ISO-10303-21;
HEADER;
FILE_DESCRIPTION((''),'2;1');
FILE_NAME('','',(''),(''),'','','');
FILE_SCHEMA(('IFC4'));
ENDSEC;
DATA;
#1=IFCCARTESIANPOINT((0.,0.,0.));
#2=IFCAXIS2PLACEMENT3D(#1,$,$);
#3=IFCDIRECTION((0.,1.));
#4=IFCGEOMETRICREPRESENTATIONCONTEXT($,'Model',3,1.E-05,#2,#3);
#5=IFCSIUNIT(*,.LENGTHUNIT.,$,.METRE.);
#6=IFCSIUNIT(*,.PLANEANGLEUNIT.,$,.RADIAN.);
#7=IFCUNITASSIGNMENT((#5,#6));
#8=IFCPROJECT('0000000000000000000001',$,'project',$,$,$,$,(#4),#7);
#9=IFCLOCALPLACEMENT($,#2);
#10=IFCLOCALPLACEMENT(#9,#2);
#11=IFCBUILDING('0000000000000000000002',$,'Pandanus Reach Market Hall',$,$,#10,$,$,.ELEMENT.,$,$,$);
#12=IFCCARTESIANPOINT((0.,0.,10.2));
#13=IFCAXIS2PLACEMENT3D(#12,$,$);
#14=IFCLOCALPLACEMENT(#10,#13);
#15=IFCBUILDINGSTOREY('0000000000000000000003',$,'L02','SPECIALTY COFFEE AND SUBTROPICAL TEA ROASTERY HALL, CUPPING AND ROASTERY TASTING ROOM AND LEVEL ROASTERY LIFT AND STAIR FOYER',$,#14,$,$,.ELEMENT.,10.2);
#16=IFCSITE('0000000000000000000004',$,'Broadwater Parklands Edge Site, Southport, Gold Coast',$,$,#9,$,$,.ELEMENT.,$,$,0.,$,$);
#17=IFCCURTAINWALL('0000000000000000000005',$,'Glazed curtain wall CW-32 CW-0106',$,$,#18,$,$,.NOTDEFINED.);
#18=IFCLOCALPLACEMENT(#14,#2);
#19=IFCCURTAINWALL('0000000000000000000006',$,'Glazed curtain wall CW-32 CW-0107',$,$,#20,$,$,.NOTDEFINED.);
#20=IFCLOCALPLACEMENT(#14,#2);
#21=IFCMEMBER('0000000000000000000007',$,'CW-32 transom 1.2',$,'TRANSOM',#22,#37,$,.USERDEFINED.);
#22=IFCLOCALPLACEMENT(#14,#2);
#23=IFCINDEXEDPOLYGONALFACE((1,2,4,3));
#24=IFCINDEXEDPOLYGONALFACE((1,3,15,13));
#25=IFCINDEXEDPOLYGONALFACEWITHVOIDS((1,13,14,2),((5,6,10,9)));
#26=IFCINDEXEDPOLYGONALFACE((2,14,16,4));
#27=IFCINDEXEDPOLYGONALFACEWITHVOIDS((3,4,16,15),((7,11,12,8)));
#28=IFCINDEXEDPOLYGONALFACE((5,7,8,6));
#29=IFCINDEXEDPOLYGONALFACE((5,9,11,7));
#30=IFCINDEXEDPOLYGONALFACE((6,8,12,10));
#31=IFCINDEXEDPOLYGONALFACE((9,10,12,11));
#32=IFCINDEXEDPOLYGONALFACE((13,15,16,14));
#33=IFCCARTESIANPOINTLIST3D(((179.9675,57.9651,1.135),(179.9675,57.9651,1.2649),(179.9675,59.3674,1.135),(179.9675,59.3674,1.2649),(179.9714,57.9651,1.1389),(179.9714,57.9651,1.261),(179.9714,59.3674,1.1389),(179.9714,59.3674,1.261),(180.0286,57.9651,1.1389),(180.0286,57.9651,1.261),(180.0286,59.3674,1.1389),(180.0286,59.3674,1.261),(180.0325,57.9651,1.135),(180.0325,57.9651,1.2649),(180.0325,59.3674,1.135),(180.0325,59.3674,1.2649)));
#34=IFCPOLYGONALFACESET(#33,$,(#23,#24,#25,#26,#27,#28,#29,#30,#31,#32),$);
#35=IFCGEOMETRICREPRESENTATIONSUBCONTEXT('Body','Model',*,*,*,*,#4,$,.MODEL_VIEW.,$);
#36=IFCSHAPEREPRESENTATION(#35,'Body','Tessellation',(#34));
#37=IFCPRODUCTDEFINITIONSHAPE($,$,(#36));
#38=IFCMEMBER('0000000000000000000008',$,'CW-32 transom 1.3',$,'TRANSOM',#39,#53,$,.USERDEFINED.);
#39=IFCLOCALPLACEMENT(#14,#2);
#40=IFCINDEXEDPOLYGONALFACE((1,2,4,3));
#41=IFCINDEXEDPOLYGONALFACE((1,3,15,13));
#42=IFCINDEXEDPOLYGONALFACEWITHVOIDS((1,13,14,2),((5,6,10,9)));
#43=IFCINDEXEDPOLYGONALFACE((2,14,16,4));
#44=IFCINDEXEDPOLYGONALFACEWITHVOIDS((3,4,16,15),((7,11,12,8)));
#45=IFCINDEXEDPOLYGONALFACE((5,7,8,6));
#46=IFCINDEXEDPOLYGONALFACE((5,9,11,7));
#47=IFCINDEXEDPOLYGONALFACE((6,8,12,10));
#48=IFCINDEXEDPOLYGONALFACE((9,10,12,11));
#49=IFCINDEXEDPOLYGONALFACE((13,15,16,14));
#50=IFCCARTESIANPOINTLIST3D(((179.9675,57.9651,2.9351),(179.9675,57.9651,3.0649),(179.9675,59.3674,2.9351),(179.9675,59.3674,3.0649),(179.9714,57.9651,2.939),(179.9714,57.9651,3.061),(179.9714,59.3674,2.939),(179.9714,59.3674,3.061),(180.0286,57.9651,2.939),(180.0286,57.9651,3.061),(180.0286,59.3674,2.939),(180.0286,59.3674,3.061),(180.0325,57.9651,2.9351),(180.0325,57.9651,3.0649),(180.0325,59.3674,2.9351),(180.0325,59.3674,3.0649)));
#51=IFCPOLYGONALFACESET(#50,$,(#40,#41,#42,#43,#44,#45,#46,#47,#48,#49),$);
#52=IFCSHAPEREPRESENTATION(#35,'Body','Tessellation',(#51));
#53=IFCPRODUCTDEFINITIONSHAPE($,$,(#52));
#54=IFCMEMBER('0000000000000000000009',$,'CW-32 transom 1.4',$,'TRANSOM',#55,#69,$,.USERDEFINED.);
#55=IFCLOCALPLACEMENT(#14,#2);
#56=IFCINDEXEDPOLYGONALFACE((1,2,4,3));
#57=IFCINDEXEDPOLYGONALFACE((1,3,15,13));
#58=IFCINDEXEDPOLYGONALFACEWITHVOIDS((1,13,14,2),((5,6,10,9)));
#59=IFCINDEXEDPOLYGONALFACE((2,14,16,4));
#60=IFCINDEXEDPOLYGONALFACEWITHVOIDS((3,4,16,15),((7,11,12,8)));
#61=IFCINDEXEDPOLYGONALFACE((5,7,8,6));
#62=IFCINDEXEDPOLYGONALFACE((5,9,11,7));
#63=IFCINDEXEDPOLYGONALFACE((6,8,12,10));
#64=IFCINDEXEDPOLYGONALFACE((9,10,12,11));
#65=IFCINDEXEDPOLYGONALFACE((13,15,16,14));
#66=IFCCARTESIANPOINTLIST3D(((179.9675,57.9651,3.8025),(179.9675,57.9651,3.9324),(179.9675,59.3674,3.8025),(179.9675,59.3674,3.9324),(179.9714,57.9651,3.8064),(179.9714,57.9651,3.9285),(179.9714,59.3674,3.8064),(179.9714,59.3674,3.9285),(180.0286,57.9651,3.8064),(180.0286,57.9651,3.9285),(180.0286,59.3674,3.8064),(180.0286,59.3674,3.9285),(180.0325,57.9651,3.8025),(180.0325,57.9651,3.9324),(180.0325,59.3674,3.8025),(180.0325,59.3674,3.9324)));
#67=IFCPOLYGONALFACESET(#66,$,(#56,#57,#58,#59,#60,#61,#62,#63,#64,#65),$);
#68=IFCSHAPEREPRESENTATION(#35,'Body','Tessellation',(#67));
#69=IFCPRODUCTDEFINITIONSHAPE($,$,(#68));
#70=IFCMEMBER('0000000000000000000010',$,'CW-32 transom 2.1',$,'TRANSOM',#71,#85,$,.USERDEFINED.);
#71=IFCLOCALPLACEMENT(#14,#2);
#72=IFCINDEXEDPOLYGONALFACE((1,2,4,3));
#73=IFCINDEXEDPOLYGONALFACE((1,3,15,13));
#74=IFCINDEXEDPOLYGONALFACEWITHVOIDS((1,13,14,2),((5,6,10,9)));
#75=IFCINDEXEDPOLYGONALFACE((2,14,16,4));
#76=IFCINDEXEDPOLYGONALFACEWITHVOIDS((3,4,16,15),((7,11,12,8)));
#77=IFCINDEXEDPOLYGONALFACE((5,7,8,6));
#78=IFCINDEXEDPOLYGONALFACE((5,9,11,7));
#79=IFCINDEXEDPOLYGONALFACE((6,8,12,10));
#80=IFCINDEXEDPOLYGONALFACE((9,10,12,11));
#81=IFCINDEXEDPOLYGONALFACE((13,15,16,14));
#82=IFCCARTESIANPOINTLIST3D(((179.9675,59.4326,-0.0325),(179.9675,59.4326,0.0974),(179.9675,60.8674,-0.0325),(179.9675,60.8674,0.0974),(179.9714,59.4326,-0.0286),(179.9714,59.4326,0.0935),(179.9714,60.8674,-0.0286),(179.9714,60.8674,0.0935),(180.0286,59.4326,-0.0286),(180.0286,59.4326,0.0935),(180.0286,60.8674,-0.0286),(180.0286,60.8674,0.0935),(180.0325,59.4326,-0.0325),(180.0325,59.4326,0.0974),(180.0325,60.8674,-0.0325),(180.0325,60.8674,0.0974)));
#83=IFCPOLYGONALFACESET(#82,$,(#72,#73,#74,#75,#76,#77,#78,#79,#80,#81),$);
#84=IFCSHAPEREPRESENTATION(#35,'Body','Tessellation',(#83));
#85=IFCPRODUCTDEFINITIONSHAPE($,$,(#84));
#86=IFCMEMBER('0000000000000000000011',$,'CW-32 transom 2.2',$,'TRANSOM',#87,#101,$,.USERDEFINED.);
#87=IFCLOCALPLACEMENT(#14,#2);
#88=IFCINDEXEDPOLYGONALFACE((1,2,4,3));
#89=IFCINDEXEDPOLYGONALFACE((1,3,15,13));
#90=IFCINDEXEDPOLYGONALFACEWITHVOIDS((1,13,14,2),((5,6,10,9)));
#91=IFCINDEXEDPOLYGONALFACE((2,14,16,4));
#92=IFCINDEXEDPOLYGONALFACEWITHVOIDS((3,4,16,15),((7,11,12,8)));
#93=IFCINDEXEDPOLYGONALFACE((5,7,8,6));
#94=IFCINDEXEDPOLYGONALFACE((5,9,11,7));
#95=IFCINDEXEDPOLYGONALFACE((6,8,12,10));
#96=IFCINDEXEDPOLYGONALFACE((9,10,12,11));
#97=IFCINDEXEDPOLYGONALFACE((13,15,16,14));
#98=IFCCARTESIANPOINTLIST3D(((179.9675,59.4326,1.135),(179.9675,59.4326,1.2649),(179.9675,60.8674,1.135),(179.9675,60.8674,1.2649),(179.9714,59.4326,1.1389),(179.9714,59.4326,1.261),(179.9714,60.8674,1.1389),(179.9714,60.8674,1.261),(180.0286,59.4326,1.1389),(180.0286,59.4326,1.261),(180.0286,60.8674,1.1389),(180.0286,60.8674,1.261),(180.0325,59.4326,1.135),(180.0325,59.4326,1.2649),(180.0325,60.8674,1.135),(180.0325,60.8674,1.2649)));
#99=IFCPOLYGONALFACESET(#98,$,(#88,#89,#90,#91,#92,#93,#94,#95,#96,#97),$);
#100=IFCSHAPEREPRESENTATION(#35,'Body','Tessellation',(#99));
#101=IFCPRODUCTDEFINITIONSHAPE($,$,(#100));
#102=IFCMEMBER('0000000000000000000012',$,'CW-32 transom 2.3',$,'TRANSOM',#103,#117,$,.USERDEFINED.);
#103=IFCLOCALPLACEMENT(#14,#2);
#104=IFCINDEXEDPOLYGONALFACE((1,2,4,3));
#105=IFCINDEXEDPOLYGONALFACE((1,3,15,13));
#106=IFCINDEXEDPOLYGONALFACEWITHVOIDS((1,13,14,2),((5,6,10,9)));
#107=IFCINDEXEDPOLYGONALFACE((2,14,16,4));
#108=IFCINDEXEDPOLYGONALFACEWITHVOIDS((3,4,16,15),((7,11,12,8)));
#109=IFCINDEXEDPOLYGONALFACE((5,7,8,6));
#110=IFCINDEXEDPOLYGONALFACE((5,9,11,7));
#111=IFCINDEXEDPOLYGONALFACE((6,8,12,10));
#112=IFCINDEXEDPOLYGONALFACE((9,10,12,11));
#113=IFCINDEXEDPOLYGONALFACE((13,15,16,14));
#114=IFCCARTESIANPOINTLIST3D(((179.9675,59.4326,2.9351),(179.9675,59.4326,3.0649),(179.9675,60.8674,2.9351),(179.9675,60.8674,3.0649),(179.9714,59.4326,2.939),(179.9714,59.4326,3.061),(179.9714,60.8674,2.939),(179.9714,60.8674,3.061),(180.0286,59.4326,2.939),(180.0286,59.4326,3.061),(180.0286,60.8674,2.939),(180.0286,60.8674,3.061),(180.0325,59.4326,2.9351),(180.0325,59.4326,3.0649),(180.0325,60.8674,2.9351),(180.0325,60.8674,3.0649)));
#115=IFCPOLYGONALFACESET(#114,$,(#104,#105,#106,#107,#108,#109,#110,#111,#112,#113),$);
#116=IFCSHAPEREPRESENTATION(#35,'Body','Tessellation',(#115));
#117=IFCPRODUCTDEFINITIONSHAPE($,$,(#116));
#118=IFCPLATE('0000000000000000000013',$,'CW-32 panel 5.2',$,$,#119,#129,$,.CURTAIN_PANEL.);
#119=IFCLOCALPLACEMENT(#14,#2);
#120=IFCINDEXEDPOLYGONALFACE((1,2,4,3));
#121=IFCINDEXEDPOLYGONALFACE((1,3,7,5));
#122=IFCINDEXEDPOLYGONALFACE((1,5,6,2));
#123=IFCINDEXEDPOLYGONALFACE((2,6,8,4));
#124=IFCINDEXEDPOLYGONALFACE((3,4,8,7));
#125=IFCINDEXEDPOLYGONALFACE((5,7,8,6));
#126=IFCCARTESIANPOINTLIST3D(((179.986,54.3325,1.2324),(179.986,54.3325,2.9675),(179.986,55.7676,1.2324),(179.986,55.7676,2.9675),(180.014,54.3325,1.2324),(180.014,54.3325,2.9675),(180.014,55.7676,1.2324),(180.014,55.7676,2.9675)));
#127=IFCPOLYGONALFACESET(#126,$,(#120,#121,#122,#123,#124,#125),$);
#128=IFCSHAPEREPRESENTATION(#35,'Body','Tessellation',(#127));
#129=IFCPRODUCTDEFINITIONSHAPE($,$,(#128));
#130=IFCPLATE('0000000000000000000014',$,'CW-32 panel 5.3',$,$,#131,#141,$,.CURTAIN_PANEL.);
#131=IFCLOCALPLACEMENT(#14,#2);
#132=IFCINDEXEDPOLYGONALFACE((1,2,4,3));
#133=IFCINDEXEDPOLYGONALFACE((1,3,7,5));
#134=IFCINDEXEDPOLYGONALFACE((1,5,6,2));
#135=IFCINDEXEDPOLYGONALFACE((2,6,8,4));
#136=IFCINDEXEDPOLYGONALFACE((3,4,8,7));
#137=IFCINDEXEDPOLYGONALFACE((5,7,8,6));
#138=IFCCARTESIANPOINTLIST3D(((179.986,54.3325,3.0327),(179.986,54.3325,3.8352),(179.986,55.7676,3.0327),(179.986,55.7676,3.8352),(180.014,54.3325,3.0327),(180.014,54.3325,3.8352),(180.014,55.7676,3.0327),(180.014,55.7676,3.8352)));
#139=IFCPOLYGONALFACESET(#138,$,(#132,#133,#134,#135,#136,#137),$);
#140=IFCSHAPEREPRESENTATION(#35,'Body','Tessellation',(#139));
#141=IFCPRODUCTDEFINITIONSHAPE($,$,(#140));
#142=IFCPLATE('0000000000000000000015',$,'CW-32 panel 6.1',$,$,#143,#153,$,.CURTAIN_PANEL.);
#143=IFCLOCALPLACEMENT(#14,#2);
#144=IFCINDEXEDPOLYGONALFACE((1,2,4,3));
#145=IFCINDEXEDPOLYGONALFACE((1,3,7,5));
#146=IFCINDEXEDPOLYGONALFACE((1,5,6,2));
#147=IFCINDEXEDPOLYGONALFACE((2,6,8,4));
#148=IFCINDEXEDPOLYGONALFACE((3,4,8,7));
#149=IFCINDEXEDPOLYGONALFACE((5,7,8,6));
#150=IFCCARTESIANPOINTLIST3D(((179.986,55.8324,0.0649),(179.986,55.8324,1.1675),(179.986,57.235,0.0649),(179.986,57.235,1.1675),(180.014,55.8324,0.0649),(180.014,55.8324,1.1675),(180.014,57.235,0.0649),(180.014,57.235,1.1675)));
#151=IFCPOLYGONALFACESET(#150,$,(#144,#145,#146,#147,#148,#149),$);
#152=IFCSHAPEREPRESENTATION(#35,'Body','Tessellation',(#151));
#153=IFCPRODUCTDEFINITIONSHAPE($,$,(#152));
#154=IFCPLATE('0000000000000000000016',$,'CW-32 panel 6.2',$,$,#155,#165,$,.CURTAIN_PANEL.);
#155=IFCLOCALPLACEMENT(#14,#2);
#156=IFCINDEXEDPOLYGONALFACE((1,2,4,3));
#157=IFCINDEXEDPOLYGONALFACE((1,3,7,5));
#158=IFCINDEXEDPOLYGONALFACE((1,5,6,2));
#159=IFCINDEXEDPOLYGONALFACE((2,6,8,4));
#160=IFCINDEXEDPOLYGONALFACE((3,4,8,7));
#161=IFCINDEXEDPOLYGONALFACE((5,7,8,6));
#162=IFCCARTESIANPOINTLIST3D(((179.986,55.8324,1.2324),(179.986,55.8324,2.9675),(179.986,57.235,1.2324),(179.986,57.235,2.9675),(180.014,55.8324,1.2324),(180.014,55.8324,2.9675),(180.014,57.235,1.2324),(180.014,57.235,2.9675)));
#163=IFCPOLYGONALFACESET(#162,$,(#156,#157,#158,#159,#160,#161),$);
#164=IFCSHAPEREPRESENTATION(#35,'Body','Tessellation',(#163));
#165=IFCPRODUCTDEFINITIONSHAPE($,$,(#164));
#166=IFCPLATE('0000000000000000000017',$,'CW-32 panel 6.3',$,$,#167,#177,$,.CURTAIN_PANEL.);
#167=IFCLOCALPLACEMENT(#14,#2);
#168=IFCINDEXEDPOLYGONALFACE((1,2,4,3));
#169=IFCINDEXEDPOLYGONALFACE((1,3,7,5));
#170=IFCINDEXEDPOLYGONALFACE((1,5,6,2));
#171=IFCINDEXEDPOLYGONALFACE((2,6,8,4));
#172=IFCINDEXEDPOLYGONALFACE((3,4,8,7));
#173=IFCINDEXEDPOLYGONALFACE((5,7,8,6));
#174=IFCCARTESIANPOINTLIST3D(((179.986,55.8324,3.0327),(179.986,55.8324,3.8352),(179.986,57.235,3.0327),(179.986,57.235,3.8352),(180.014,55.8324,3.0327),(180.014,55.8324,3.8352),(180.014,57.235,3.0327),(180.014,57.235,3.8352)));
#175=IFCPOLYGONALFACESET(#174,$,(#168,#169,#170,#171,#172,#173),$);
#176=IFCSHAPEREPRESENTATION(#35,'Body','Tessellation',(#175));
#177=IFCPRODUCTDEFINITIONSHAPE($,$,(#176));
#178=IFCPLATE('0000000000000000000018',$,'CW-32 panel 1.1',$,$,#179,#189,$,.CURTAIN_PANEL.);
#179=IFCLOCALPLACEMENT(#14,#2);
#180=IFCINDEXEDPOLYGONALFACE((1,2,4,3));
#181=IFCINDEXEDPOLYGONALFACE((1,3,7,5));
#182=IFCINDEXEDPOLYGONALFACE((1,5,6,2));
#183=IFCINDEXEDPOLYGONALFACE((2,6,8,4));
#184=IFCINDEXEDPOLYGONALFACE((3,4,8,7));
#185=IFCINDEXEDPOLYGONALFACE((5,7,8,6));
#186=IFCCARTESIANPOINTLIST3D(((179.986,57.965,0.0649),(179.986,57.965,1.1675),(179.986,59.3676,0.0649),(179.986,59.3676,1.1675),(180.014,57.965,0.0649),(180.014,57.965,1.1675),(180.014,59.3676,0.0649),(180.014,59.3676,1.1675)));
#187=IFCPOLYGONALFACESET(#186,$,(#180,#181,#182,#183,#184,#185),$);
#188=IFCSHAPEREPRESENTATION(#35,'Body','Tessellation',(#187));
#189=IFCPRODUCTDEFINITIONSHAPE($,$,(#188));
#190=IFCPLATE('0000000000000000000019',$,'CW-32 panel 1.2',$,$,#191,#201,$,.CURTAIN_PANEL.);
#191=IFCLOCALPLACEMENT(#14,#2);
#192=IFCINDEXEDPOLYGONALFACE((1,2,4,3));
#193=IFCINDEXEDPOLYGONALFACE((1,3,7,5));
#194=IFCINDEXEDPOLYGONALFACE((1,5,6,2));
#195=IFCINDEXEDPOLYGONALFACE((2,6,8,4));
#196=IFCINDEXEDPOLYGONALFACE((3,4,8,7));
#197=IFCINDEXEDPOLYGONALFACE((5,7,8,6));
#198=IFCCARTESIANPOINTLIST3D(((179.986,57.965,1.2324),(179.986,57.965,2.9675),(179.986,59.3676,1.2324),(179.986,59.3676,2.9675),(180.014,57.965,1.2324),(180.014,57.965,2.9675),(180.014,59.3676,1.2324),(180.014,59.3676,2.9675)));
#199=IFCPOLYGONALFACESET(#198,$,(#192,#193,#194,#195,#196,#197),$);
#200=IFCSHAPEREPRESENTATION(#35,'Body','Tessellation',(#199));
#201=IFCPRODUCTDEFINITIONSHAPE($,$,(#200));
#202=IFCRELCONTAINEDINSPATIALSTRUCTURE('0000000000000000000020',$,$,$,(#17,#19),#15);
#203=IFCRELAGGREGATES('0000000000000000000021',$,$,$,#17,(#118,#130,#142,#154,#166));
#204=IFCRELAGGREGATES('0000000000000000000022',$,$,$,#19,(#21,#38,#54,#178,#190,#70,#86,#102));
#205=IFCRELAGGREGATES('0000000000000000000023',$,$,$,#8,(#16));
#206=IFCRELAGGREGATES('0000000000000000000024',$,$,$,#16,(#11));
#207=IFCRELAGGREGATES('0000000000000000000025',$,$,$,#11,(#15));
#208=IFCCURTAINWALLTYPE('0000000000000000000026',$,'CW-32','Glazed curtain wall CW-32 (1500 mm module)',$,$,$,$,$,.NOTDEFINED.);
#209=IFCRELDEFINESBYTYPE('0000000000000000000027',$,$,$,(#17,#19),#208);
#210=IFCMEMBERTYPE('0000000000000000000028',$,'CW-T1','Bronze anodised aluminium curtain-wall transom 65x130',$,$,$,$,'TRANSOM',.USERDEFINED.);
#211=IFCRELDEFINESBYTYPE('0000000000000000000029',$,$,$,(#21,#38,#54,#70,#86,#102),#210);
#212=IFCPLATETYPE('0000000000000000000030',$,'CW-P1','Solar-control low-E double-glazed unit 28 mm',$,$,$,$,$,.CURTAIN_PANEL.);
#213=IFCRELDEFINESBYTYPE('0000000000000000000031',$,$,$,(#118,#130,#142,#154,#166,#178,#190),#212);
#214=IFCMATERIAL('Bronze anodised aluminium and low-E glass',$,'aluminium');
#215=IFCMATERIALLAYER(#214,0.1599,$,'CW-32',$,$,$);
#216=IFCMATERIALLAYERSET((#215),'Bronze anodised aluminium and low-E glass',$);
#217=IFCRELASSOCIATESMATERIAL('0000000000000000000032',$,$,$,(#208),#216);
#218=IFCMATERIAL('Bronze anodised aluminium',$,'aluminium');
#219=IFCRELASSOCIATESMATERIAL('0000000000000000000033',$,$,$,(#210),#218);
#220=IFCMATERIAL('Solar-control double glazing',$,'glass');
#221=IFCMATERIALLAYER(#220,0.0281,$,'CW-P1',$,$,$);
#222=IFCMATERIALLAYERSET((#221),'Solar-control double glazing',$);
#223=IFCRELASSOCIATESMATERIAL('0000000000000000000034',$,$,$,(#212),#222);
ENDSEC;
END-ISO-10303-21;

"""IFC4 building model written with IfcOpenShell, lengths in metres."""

from ifc_helpers import new_model, si_unit, direction, frame, origin, origin_2d, place, context, subcontext, project, spatial, rectangle, hollow_rectangle, extrude, material, layer, layer_set, material_profile, profile_set, type_object, element, aggregate, save


model = new_model("IFC4")

# Units and contexts
model_context = context("Model", 3, precision=1e-05, world=origin(), true_north=direction((0.0, 1.0)))
body_context = subcontext(model_context, "Body", "Model", "MODEL_VIEW")
ifc_project = project(units=[si_unit("LENGTHUNIT", "METRE"), si_unit("PLANEANGLEUNIT", "RADIAN")], contexts=[model_context])

# Site, building, storey
site_placement = place(None, origin())
site = spatial("IfcSite", under=ifc_project, at=site_placement, Name="Broadwater Parklands Edge Site, Southport, Gold Coast", CompositionType="ELEMENT", RefElevation=0.0)
building_placement = place(site_placement, origin())
building = spatial("IfcBuilding", under=site, at=building_placement, Name="Pandanus Reach Market Hall", CompositionType="ELEMENT")
storey_placement = place(building_placement, frame((0.0, 0.0, 10.2)))
storey = spatial("IfcBuildingStorey", under=building, at=storey_placement, Name="L02", Description="SPECIALTY COFFEE AND SUBTROPICAL TEA ROASTERY HALL, CUPPING AND ROASTERY TASTING ROOM AND LEVEL ROASTERY LIFT AND STAIR FOYER", CompositionType="ELEMENT", Elevation=10.2)

# Curtain walls
ifc_material_1 = material(Name="Bronze anodised aluminium and low-E glass", Category="aluminium")
ifc_layer_1 = layer(ifc_material_1, 0.1599, Name="CW-32")
ifc_layer_set_1 = layer_set([ifc_layer_1], Name="Bronze anodised aluminium and low-E glass")
curtain_wall_type = type_object("IfcCurtainWallType", Name="CW-32", Description="Glazed curtain wall CW-32 (1500 mm module)", PredefinedType="NOTDEFINED", material=ifc_layer_set_1)
curtain_wall_1_placement = place(storey_placement, origin())
curtain_wall_1 = element("IfcCurtainWall", 1, at=curtain_wall_1_placement, inside=storey, type_object=curtain_wall_type, Name="Glazed curtain wall CW-32 CW-0106", PredefinedType="NOTDEFINED")
ifc_material_2 = material(Name="Bronze anodised aluminium", Category="aluminium")
curtain_wall_2_placement = place(storey_placement, origin())
curtain_wall_2 = element("IfcCurtainWall", 2, at=curtain_wall_2_placement, inside=storey, type_object=curtain_wall_type, Name="Glazed curtain wall CW-32 CW-0107", PredefinedType="NOTDEFINED")

# Members
ifc_material_profile_1 = material_profile(ifc_material_2, hollow_rectangle(XDim=0.0649, YDim=0.1299, WallThickness=0.0039, at=origin_2d()), Name="ALU65x130", Category="LoadBearing")
ifc_profile_set_1 = profile_set([ifc_material_profile_1], Name="Bronze anodised aluminium")
member_type_1 = type_object("IfcMemberType", Name="CW-T1", Description="Bronze anodised aluminium curtain-wall transom 65x130", ElementType="TRANSOM", PredefinedType="USERDEFINED", material=ifc_profile_set_1)
member_1_placement = place(storey_placement, frame((180.0, 57.9651, 1.2), z_axis=(0.0, 1.0, 0.0), x_axis=(-1.0, 0.0, 0.0)))
member_1 = element("IfcMember", 3, at=member_1_placement, type_object=member_type_1, Name="CW-32 transom 1.2", ObjectType="TRANSOM", PredefinedType="USERDEFINED", context=body_context, shape_type="SweptSolid", body=[
    extrude(hollow_rectangle(XDim=0.0649, YDim=0.1299, WallThickness=0.0039, at=origin_2d()), origin(), (0.0, 0.0, 1.0), 1.4023),
])
member_2_placement = place(storey_placement, frame((180.0, 57.9651, 3.0), z_axis=(0.0, 1.0, 0.0), x_axis=(-1.0, 0.0, 0.0)))
member_2 = element("IfcMember", 4, at=member_2_placement, type_object=member_type_1, Name="CW-32 transom 1.3", ObjectType="TRANSOM", PredefinedType="USERDEFINED", context=body_context, shape_type="SweptSolid", body=[
    extrude(hollow_rectangle(XDim=0.0649, YDim=0.1299, WallThickness=0.0039, at=origin_2d()), origin(), (0.0, 0.0, 1.0), 1.4023),
])
member_3_placement = place(storey_placement, frame((180.0, 57.9651, 3.8674), z_axis=(0.0, 1.0, 0.0), x_axis=(-1.0, 0.0, 0.0)))
member_3 = element("IfcMember", 5, at=member_3_placement, type_object=member_type_1, Name="CW-32 transom 1.4", ObjectType="TRANSOM", PredefinedType="USERDEFINED", context=body_context, shape_type="SweptSolid", body=[
    extrude(hollow_rectangle(XDim=0.0649, YDim=0.1299, WallThickness=0.0039, at=origin_2d()), origin(), (0.0, 0.0, 1.0), 1.4023),
])
member_4_placement = place(storey_placement, frame((180.0, 59.4326, 0.0325), z_axis=(0.0, 1.0, 0.0), x_axis=(-1.0, 0.0, 0.0)))
member_4 = element("IfcMember", 6, at=member_4_placement, type_object=member_type_1, Name="CW-32 transom 2.1", ObjectType="TRANSOM", PredefinedType="USERDEFINED", context=body_context, shape_type="SweptSolid", body=[
    extrude(hollow_rectangle(XDim=0.0649, YDim=0.1299, WallThickness=0.0039, at=origin_2d()), origin(), (0.0, 0.0, 1.0), 1.4348),
])
member_5_placement = place(storey_placement, frame((180.0, 59.4326, 1.2), z_axis=(0.0, 1.0, 0.0), x_axis=(-1.0, 0.0, 0.0)))
member_5 = element("IfcMember", 7, at=member_5_placement, type_object=member_type_1, Name="CW-32 transom 2.2", ObjectType="TRANSOM", PredefinedType="USERDEFINED", context=body_context, shape_type="SweptSolid", body=[
    extrude(hollow_rectangle(XDim=0.0649, YDim=0.1299, WallThickness=0.0039, at=origin_2d()), origin(), (0.0, 0.0, 1.0), 1.4348),
])
member_6_placement = place(storey_placement, frame((180.0, 59.4326, 3.0), z_axis=(0.0, 1.0, 0.0), x_axis=(-1.0, 0.0, 0.0)))
member_6 = element("IfcMember", 8, at=member_6_placement, type_object=member_type_1, Name="CW-32 transom 2.3", ObjectType="TRANSOM", PredefinedType="USERDEFINED", context=body_context, shape_type="SweptSolid", body=[
    extrude(hollow_rectangle(XDim=0.0649, YDim=0.1299, WallThickness=0.0039, at=origin_2d()), origin(), (0.0, 0.0, 1.0), 1.4348),
])

# Plates
ifc_material_3 = material(Name="Solar-control double glazing", Category="glass")
ifc_layer_2 = layer(ifc_material_3, 0.0281, Name="CW-P1")
ifc_layer_set_2 = layer_set([ifc_layer_2], Name="Solar-control double glazing")
plate_type = type_object("IfcPlateType", Name="CW-P1", Description="Solar-control low-E double-glazed unit 28 mm", PredefinedType="CURTAIN_PANEL", material=ifc_layer_set_2)
plate_1_placement = place(storey_placement, frame((180.0, 55.05, 1.2324), z_axis=(0.0, 0.0, 1.0), x_axis=(0.0, 1.0, 0.0)))
plate_1 = element("IfcPlate", 9, at=plate_1_placement, type_object=plate_type, Name="CW-32 panel 5.2", PredefinedType="CURTAIN_PANEL", context=body_context, shape_type="SweptSolid", body=[
    extrude(rectangle(XDim=1.4351, YDim=0.0281, at=origin_2d()), origin(), (0.0, 0.0, 1.0), 1.7351),
])
plate_2_placement = place(storey_placement, frame((180.0, 55.05, 3.0327), z_axis=(0.0, 0.0, 1.0), x_axis=(0.0, 1.0, 0.0)))
plate_2 = element("IfcPlate", 10, at=plate_2_placement, type_object=plate_type, Name="CW-32 panel 5.3", PredefinedType="CURTAIN_PANEL", context=body_context, shape_type="SweptSolid", body=[
    extrude(rectangle(XDim=1.4351, YDim=0.0281, at=origin_2d()), origin(), (0.0, 0.0, 1.0), 0.8025),
])
plate_3_placement = place(storey_placement, frame((180.0, 56.5337, 0.0649), z_axis=(0.0, 0.0, 1.0), x_axis=(0.0, 1.0, 0.0)))
plate_3 = element("IfcPlate", 11, at=plate_3_placement, type_object=plate_type, Name="CW-32 panel 6.1", PredefinedType="CURTAIN_PANEL", context=body_context, shape_type="SweptSolid", body=[
    extrude(rectangle(XDim=1.4026, YDim=0.0281, at=origin_2d()), origin(), (0.0, 0.0, 1.0), 1.1025),
])
plate_4_placement = place(storey_placement, frame((180.0, 56.5337, 1.2324), z_axis=(0.0, 0.0, 1.0), x_axis=(0.0, 1.0, 0.0)))
plate_4 = element("IfcPlate", 12, at=plate_4_placement, type_object=plate_type, Name="CW-32 panel 6.2", PredefinedType="CURTAIN_PANEL", context=body_context, shape_type="SweptSolid", body=[
    extrude(rectangle(XDim=1.4026, YDim=0.0281, at=origin_2d()), origin(), (0.0, 0.0, 1.0), 1.7351),
])
plate_5_placement = place(storey_placement, frame((180.0, 56.5337, 3.0327), z_axis=(0.0, 0.0, 1.0), x_axis=(0.0, 1.0, 0.0)))
plate_5 = element("IfcPlate", 13, at=plate_5_placement, type_object=plate_type, Name="CW-32 panel 6.3", PredefinedType="CURTAIN_PANEL", context=body_context, shape_type="SweptSolid", body=[
    extrude(rectangle(XDim=1.4026, YDim=0.0281, at=origin_2d()), origin(), (0.0, 0.0, 1.0), 0.8025),
])
aggregate(curtain_wall_1, [plate_1, plate_2, plate_3, plate_4, plate_5])
plate_6_placement = place(storey_placement, frame((180.0, 58.6663, 0.0649), z_axis=(0.0, 0.0, 1.0), x_axis=(0.0, 1.0, 0.0)))
plate_6 = element("IfcPlate", 14, at=plate_6_placement, type_object=plate_type, Name="CW-32 panel 1.1", PredefinedType="CURTAIN_PANEL", context=body_context, shape_type="SweptSolid", body=[
    extrude(rectangle(XDim=1.4026, YDim=0.0281, at=origin_2d()), origin(), (0.0, 0.0, 1.0), 1.1025),
])
plate_7_placement = place(storey_placement, frame((180.0, 58.6663, 1.2324), z_axis=(0.0, 0.0, 1.0), x_axis=(0.0, 1.0, 0.0)))
plate_7 = element("IfcPlate", 15, at=plate_7_placement, type_object=plate_type, Name="CW-32 panel 1.2", PredefinedType="CURTAIN_PANEL", context=body_context, shape_type="SweptSolid", body=[
    extrude(rectangle(XDim=1.4026, YDim=0.0281, at=origin_2d()), origin(), (0.0, 0.0, 1.0), 1.7351),
])
aggregate(curtain_wall_2, [member_1, member_2, member_3, plate_6, plate_7, member_4, member_5, member_6])

save(model, "model.ifc")
